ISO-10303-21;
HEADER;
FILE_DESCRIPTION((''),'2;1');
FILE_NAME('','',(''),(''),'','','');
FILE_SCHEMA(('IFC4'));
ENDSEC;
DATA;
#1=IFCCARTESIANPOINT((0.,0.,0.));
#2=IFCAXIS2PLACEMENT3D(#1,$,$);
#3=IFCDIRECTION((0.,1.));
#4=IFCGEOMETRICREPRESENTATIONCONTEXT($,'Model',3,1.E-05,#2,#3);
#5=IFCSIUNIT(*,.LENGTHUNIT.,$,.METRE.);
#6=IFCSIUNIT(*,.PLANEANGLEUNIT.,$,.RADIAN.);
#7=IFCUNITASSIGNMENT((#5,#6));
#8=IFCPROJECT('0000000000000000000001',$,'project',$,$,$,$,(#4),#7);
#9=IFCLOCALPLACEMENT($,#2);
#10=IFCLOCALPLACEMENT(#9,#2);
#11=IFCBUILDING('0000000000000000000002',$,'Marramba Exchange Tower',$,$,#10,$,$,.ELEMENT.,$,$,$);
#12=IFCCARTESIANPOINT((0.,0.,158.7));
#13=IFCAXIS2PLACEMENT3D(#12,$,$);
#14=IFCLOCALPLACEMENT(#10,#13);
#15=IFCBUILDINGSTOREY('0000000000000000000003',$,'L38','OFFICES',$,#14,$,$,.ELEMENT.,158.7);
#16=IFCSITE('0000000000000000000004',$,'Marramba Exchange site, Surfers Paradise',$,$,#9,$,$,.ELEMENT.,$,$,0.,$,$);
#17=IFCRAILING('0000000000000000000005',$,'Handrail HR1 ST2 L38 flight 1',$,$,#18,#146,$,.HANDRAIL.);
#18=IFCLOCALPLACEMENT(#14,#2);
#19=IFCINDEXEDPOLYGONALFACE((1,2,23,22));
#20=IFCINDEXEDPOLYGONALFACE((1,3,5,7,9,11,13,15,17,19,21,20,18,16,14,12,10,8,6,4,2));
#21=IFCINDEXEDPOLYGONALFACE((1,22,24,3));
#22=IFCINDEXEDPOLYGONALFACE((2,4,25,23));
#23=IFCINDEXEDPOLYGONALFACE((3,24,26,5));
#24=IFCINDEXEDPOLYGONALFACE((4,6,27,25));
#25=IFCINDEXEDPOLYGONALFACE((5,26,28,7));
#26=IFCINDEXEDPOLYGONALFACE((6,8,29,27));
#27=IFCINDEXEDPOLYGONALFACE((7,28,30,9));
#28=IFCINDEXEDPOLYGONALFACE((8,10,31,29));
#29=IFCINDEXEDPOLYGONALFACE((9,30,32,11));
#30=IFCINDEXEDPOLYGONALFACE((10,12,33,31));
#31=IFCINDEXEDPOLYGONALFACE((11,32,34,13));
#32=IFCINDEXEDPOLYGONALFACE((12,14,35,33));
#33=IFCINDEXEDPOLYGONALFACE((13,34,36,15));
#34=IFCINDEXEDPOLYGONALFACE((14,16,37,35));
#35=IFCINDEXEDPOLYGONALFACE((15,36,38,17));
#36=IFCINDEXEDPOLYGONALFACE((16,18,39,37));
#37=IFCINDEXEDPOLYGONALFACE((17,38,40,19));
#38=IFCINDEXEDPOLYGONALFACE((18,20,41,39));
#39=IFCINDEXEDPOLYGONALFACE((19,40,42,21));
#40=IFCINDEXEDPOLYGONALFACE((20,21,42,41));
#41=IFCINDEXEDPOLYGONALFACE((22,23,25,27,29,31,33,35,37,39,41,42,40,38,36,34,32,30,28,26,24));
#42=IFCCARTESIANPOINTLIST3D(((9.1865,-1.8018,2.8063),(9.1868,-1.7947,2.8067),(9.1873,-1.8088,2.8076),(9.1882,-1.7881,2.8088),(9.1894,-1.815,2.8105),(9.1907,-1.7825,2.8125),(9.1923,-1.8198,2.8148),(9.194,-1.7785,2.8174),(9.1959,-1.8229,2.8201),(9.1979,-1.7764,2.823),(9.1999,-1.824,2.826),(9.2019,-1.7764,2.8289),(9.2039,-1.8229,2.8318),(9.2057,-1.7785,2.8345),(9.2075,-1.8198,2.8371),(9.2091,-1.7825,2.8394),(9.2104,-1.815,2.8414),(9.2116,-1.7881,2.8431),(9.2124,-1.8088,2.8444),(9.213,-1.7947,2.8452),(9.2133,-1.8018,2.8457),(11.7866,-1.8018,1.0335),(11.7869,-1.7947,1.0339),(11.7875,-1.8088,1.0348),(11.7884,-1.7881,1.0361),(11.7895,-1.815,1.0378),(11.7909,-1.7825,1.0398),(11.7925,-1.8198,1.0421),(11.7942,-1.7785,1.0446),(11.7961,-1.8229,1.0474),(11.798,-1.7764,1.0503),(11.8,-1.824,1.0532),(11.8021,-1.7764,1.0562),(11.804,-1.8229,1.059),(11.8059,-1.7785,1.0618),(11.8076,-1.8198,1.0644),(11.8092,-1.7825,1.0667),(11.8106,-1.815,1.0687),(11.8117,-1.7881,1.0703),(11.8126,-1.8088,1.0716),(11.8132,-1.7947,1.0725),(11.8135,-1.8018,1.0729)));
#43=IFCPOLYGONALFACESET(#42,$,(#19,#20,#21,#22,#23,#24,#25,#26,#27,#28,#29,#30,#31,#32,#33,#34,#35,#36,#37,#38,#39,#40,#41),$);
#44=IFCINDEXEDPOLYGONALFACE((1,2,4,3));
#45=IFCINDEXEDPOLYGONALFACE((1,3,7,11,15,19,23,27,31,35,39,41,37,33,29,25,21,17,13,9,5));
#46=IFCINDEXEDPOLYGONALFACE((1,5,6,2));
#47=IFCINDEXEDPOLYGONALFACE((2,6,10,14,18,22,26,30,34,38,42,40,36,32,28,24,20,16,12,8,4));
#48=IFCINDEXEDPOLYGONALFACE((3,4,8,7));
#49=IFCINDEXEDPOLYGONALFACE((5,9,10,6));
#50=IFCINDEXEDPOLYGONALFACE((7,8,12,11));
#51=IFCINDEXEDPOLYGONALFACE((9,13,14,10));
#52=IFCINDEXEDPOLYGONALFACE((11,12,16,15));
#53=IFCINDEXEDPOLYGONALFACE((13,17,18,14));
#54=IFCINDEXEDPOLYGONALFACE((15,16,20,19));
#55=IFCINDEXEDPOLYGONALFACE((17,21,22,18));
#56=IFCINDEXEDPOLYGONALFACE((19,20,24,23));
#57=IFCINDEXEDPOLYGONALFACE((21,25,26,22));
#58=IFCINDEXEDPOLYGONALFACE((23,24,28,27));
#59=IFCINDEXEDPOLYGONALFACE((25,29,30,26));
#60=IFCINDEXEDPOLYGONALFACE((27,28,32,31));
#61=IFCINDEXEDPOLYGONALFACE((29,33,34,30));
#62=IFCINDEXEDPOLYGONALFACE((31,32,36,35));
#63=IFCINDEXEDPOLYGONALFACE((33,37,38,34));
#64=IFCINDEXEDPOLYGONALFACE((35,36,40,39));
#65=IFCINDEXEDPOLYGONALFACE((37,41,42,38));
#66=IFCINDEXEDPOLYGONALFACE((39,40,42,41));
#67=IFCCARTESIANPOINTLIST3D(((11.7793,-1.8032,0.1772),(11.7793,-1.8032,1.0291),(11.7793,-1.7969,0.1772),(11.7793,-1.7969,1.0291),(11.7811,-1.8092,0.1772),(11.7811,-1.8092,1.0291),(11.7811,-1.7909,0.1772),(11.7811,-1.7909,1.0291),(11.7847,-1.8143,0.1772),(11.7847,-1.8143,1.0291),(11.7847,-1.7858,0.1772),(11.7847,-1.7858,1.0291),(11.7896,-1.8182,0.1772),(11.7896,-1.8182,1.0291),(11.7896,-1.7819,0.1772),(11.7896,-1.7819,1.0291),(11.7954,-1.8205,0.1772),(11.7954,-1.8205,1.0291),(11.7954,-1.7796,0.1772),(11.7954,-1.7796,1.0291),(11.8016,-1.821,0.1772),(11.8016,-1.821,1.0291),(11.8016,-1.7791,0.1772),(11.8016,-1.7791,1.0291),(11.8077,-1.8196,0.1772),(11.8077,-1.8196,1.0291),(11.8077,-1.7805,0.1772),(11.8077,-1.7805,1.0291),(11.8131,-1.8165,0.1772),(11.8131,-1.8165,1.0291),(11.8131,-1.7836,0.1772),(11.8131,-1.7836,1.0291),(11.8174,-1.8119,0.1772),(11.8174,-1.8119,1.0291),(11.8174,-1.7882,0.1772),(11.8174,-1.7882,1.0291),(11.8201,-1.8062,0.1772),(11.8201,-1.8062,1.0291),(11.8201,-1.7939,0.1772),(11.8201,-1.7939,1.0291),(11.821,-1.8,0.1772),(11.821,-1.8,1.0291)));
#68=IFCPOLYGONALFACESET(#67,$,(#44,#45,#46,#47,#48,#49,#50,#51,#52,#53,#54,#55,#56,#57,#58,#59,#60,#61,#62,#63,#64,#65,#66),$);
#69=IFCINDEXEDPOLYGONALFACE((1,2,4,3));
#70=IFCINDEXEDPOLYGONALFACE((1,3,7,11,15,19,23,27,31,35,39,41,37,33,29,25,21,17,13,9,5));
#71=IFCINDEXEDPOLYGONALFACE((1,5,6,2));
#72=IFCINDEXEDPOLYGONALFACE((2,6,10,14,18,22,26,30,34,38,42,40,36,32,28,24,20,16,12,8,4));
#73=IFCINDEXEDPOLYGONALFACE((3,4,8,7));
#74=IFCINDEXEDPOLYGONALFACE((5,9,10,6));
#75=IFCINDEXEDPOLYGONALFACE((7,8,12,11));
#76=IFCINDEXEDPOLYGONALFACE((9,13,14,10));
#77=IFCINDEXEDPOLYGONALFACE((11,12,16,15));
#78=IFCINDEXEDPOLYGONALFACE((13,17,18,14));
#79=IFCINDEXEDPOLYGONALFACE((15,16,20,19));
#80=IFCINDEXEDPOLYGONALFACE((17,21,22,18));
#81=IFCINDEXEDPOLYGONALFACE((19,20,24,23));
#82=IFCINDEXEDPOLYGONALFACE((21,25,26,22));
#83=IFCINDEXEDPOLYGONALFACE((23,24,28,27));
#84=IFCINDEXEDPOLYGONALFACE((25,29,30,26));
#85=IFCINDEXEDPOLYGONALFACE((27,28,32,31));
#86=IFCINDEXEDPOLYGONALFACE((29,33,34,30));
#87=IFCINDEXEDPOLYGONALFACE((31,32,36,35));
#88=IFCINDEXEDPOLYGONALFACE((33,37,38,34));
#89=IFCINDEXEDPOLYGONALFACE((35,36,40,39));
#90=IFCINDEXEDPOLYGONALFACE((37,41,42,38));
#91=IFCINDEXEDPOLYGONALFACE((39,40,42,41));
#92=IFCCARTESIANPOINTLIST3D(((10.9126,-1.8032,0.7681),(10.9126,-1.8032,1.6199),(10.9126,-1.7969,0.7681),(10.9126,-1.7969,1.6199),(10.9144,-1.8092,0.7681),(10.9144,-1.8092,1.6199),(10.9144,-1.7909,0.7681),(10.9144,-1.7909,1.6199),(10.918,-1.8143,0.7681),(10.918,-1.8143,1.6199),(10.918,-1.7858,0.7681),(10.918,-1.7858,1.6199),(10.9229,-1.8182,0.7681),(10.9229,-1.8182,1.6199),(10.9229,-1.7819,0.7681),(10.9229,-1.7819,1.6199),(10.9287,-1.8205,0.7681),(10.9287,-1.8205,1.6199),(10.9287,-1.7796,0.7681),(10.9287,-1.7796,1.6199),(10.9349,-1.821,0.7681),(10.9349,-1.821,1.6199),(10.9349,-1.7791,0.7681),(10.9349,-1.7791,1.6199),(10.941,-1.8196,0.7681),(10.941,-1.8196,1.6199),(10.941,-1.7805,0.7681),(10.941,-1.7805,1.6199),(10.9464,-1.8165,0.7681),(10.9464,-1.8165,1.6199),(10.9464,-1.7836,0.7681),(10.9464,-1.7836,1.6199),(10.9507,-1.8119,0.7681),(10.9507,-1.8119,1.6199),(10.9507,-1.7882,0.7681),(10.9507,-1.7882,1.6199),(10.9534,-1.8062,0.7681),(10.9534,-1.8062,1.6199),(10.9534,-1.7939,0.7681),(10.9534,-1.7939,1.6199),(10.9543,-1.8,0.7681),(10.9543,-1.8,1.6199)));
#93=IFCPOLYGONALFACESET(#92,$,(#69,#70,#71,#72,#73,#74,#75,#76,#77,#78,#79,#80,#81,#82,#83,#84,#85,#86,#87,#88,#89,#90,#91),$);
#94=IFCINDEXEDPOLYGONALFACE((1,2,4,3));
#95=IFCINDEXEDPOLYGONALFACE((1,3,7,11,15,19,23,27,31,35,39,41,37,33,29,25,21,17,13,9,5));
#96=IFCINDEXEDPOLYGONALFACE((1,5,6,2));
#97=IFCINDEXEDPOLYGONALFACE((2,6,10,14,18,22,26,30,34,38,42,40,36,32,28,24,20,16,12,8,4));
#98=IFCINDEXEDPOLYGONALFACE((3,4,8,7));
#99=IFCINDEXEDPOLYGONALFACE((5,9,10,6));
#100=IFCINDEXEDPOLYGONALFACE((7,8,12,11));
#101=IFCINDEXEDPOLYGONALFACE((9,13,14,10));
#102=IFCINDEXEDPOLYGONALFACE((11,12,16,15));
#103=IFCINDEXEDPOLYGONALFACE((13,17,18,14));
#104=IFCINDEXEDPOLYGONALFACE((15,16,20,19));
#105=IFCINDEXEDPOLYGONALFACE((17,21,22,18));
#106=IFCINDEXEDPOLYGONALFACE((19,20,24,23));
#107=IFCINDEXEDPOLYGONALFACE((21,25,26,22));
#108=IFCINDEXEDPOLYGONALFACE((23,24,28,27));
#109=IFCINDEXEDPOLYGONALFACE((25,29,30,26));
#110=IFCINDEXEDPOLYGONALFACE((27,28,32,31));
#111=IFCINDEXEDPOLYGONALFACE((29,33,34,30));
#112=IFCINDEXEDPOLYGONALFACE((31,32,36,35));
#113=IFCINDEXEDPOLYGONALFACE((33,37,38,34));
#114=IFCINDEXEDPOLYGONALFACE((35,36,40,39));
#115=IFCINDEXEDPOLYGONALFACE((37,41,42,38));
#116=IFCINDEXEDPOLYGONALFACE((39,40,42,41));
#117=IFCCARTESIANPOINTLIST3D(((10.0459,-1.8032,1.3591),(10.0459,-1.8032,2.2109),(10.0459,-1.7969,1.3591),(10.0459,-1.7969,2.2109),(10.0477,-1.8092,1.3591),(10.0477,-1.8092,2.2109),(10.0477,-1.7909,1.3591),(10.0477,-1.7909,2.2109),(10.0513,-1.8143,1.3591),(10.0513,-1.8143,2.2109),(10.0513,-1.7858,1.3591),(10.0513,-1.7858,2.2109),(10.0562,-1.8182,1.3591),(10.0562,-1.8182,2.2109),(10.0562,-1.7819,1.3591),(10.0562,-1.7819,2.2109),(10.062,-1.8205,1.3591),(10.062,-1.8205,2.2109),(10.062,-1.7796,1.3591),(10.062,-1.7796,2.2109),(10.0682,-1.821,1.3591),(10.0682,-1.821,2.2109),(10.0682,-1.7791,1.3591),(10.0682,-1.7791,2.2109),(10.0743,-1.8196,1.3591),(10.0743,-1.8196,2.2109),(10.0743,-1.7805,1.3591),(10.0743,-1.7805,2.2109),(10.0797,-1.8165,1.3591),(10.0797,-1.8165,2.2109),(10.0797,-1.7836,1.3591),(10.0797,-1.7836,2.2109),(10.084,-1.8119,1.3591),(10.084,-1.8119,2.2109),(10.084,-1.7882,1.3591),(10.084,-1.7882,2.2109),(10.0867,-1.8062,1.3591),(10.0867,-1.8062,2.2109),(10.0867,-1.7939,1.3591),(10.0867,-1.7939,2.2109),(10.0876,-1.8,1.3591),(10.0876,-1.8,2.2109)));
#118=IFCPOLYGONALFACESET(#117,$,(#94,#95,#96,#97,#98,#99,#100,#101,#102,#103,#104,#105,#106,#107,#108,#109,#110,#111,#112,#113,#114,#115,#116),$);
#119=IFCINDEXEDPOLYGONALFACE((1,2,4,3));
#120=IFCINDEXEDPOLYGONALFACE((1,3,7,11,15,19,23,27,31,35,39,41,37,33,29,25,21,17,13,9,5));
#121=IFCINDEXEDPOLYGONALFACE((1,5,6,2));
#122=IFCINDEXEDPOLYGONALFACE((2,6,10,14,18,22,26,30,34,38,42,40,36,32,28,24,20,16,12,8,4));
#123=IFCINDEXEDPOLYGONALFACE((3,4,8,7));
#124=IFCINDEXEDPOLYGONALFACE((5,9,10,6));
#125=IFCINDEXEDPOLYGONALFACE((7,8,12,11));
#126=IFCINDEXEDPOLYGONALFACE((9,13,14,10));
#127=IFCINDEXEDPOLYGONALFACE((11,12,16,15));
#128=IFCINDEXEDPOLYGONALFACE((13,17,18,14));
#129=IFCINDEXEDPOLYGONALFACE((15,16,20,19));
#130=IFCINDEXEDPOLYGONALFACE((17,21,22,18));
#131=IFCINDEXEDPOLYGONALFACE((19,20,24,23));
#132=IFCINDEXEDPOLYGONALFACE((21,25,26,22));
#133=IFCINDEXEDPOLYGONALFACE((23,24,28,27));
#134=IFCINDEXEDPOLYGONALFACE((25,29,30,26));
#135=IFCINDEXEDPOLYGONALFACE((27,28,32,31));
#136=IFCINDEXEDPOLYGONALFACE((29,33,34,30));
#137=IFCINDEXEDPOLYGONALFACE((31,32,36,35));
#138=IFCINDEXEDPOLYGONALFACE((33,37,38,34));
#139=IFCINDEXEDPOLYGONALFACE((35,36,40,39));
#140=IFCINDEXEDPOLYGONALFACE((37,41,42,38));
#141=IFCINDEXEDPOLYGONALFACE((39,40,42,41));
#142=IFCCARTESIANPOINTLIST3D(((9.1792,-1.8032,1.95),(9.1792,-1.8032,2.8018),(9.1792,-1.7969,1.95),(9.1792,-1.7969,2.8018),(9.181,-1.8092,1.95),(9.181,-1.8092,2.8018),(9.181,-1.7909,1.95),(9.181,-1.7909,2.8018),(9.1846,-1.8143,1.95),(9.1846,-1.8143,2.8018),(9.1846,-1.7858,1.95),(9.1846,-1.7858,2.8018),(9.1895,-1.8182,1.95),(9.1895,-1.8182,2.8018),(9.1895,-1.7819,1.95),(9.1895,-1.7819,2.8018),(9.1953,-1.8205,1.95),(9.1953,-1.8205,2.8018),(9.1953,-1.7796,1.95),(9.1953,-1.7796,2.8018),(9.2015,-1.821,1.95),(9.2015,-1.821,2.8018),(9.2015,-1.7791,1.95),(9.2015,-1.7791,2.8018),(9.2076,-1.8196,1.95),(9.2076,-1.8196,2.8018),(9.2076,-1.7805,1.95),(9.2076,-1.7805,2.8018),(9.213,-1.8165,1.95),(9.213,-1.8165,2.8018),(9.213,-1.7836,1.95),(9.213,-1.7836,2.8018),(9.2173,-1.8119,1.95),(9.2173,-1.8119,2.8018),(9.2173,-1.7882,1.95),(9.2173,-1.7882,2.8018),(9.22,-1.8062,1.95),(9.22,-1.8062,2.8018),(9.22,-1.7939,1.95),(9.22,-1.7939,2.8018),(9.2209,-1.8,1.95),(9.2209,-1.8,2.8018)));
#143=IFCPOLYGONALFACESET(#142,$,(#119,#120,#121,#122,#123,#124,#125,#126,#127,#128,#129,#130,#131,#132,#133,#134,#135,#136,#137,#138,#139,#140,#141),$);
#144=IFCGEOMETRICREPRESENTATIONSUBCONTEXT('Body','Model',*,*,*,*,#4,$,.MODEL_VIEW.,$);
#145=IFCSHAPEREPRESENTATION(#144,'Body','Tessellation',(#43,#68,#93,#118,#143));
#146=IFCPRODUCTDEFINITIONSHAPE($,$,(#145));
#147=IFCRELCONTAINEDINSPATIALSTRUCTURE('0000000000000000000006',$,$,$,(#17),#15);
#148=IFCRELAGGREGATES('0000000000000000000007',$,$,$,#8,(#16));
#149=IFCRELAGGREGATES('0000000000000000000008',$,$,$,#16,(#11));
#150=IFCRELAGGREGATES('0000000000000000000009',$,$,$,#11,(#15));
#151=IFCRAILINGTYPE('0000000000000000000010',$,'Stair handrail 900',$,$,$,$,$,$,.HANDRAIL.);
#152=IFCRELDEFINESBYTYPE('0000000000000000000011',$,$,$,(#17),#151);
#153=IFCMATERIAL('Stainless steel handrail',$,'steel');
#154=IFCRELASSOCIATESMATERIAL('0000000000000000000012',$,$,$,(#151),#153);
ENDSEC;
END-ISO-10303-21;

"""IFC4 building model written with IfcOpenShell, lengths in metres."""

from ifc_helpers import new_model, si_unit, direction, frame, origin, origin_2d, place, context, subcontext, project, spatial, circle, extrude, material, type_object, element, save


model = new_model("IFC4")

# Units and contexts
model_context = context("Model", 3, precision=1e-05, world=origin(), true_north=direction((0.0, 1.0)))
body_context = subcontext(model_context, "Body", "Model", "MODEL_VIEW")
ifc_project = project(units=[si_unit("LENGTHUNIT", "METRE"), si_unit("PLANEANGLEUNIT", "RADIAN")], contexts=[model_context])

# Site, building, storey
site_placement = place(None, origin())
site = spatial("IfcSite", under=ifc_project, at=site_placement, Name="Marramba Exchange site, Surfers Paradise", CompositionType="ELEMENT", RefElevation=0.0)
building_placement = place(site_placement, origin())
building = spatial("IfcBuilding", under=site, at=building_placement, Name="Marramba Exchange Tower", CompositionType="ELEMENT")
storey_placement = place(building_placement, frame((0.0, 0.0, 158.7)))
storey = spatial("IfcBuildingStorey", under=building, at=storey_placement, Name="L38", Description="OFFICES", CompositionType="ELEMENT", Elevation=158.7)

# Railing
ifc_material_1 = material(Name="Stainless steel handrail", Category="steel")
railing_type = type_object("IfcRailingType", Name="Stair handrail 900", PredefinedType="HANDRAIL", material=ifc_material_1)
railing_placement = place(storey_placement, frame((11.8, -1.8, 0.1772)))
element("IfcRailing", 1, at=railing_placement, inside=storey, type_object=railing_type, Name="Handrail HR1 ST2 L38 flight 1", PredefinedType="HANDRAIL", context=body_context, shape_type="SweptSolid", body=[
    extrude(circle(Radius=0.0239, at=origin_2d()), frame((0.0, 0.0, 0.876), z_axis=(-0.82624, 0.0, 0.563318), x_axis=(0.0, -1.0, 0.0)), (0.0, 0.0, 1.0), 3.147),
    extrude(circle(Radius=0.021, at=origin_2d()), origin(), (0.0, 0.0, 1.0), 0.8518),
    extrude(circle(Radius=0.021, at=origin_2d()), frame((-0.8667, 0.0, 0.5908)), (0.0, 0.0, 1.0), 0.8518),
    extrude(circle(Radius=0.021, at=origin_2d()), frame((-1.7334, 0.0, 1.1819)), (0.0, 0.0, 1.0), 0.8518),
    extrude(circle(Radius=0.021, at=origin_2d()), frame((-2.6001, 0.0, 1.7727)), (0.0, 0.0, 1.0), 0.8518),
])

save(model, "model.ifc")
